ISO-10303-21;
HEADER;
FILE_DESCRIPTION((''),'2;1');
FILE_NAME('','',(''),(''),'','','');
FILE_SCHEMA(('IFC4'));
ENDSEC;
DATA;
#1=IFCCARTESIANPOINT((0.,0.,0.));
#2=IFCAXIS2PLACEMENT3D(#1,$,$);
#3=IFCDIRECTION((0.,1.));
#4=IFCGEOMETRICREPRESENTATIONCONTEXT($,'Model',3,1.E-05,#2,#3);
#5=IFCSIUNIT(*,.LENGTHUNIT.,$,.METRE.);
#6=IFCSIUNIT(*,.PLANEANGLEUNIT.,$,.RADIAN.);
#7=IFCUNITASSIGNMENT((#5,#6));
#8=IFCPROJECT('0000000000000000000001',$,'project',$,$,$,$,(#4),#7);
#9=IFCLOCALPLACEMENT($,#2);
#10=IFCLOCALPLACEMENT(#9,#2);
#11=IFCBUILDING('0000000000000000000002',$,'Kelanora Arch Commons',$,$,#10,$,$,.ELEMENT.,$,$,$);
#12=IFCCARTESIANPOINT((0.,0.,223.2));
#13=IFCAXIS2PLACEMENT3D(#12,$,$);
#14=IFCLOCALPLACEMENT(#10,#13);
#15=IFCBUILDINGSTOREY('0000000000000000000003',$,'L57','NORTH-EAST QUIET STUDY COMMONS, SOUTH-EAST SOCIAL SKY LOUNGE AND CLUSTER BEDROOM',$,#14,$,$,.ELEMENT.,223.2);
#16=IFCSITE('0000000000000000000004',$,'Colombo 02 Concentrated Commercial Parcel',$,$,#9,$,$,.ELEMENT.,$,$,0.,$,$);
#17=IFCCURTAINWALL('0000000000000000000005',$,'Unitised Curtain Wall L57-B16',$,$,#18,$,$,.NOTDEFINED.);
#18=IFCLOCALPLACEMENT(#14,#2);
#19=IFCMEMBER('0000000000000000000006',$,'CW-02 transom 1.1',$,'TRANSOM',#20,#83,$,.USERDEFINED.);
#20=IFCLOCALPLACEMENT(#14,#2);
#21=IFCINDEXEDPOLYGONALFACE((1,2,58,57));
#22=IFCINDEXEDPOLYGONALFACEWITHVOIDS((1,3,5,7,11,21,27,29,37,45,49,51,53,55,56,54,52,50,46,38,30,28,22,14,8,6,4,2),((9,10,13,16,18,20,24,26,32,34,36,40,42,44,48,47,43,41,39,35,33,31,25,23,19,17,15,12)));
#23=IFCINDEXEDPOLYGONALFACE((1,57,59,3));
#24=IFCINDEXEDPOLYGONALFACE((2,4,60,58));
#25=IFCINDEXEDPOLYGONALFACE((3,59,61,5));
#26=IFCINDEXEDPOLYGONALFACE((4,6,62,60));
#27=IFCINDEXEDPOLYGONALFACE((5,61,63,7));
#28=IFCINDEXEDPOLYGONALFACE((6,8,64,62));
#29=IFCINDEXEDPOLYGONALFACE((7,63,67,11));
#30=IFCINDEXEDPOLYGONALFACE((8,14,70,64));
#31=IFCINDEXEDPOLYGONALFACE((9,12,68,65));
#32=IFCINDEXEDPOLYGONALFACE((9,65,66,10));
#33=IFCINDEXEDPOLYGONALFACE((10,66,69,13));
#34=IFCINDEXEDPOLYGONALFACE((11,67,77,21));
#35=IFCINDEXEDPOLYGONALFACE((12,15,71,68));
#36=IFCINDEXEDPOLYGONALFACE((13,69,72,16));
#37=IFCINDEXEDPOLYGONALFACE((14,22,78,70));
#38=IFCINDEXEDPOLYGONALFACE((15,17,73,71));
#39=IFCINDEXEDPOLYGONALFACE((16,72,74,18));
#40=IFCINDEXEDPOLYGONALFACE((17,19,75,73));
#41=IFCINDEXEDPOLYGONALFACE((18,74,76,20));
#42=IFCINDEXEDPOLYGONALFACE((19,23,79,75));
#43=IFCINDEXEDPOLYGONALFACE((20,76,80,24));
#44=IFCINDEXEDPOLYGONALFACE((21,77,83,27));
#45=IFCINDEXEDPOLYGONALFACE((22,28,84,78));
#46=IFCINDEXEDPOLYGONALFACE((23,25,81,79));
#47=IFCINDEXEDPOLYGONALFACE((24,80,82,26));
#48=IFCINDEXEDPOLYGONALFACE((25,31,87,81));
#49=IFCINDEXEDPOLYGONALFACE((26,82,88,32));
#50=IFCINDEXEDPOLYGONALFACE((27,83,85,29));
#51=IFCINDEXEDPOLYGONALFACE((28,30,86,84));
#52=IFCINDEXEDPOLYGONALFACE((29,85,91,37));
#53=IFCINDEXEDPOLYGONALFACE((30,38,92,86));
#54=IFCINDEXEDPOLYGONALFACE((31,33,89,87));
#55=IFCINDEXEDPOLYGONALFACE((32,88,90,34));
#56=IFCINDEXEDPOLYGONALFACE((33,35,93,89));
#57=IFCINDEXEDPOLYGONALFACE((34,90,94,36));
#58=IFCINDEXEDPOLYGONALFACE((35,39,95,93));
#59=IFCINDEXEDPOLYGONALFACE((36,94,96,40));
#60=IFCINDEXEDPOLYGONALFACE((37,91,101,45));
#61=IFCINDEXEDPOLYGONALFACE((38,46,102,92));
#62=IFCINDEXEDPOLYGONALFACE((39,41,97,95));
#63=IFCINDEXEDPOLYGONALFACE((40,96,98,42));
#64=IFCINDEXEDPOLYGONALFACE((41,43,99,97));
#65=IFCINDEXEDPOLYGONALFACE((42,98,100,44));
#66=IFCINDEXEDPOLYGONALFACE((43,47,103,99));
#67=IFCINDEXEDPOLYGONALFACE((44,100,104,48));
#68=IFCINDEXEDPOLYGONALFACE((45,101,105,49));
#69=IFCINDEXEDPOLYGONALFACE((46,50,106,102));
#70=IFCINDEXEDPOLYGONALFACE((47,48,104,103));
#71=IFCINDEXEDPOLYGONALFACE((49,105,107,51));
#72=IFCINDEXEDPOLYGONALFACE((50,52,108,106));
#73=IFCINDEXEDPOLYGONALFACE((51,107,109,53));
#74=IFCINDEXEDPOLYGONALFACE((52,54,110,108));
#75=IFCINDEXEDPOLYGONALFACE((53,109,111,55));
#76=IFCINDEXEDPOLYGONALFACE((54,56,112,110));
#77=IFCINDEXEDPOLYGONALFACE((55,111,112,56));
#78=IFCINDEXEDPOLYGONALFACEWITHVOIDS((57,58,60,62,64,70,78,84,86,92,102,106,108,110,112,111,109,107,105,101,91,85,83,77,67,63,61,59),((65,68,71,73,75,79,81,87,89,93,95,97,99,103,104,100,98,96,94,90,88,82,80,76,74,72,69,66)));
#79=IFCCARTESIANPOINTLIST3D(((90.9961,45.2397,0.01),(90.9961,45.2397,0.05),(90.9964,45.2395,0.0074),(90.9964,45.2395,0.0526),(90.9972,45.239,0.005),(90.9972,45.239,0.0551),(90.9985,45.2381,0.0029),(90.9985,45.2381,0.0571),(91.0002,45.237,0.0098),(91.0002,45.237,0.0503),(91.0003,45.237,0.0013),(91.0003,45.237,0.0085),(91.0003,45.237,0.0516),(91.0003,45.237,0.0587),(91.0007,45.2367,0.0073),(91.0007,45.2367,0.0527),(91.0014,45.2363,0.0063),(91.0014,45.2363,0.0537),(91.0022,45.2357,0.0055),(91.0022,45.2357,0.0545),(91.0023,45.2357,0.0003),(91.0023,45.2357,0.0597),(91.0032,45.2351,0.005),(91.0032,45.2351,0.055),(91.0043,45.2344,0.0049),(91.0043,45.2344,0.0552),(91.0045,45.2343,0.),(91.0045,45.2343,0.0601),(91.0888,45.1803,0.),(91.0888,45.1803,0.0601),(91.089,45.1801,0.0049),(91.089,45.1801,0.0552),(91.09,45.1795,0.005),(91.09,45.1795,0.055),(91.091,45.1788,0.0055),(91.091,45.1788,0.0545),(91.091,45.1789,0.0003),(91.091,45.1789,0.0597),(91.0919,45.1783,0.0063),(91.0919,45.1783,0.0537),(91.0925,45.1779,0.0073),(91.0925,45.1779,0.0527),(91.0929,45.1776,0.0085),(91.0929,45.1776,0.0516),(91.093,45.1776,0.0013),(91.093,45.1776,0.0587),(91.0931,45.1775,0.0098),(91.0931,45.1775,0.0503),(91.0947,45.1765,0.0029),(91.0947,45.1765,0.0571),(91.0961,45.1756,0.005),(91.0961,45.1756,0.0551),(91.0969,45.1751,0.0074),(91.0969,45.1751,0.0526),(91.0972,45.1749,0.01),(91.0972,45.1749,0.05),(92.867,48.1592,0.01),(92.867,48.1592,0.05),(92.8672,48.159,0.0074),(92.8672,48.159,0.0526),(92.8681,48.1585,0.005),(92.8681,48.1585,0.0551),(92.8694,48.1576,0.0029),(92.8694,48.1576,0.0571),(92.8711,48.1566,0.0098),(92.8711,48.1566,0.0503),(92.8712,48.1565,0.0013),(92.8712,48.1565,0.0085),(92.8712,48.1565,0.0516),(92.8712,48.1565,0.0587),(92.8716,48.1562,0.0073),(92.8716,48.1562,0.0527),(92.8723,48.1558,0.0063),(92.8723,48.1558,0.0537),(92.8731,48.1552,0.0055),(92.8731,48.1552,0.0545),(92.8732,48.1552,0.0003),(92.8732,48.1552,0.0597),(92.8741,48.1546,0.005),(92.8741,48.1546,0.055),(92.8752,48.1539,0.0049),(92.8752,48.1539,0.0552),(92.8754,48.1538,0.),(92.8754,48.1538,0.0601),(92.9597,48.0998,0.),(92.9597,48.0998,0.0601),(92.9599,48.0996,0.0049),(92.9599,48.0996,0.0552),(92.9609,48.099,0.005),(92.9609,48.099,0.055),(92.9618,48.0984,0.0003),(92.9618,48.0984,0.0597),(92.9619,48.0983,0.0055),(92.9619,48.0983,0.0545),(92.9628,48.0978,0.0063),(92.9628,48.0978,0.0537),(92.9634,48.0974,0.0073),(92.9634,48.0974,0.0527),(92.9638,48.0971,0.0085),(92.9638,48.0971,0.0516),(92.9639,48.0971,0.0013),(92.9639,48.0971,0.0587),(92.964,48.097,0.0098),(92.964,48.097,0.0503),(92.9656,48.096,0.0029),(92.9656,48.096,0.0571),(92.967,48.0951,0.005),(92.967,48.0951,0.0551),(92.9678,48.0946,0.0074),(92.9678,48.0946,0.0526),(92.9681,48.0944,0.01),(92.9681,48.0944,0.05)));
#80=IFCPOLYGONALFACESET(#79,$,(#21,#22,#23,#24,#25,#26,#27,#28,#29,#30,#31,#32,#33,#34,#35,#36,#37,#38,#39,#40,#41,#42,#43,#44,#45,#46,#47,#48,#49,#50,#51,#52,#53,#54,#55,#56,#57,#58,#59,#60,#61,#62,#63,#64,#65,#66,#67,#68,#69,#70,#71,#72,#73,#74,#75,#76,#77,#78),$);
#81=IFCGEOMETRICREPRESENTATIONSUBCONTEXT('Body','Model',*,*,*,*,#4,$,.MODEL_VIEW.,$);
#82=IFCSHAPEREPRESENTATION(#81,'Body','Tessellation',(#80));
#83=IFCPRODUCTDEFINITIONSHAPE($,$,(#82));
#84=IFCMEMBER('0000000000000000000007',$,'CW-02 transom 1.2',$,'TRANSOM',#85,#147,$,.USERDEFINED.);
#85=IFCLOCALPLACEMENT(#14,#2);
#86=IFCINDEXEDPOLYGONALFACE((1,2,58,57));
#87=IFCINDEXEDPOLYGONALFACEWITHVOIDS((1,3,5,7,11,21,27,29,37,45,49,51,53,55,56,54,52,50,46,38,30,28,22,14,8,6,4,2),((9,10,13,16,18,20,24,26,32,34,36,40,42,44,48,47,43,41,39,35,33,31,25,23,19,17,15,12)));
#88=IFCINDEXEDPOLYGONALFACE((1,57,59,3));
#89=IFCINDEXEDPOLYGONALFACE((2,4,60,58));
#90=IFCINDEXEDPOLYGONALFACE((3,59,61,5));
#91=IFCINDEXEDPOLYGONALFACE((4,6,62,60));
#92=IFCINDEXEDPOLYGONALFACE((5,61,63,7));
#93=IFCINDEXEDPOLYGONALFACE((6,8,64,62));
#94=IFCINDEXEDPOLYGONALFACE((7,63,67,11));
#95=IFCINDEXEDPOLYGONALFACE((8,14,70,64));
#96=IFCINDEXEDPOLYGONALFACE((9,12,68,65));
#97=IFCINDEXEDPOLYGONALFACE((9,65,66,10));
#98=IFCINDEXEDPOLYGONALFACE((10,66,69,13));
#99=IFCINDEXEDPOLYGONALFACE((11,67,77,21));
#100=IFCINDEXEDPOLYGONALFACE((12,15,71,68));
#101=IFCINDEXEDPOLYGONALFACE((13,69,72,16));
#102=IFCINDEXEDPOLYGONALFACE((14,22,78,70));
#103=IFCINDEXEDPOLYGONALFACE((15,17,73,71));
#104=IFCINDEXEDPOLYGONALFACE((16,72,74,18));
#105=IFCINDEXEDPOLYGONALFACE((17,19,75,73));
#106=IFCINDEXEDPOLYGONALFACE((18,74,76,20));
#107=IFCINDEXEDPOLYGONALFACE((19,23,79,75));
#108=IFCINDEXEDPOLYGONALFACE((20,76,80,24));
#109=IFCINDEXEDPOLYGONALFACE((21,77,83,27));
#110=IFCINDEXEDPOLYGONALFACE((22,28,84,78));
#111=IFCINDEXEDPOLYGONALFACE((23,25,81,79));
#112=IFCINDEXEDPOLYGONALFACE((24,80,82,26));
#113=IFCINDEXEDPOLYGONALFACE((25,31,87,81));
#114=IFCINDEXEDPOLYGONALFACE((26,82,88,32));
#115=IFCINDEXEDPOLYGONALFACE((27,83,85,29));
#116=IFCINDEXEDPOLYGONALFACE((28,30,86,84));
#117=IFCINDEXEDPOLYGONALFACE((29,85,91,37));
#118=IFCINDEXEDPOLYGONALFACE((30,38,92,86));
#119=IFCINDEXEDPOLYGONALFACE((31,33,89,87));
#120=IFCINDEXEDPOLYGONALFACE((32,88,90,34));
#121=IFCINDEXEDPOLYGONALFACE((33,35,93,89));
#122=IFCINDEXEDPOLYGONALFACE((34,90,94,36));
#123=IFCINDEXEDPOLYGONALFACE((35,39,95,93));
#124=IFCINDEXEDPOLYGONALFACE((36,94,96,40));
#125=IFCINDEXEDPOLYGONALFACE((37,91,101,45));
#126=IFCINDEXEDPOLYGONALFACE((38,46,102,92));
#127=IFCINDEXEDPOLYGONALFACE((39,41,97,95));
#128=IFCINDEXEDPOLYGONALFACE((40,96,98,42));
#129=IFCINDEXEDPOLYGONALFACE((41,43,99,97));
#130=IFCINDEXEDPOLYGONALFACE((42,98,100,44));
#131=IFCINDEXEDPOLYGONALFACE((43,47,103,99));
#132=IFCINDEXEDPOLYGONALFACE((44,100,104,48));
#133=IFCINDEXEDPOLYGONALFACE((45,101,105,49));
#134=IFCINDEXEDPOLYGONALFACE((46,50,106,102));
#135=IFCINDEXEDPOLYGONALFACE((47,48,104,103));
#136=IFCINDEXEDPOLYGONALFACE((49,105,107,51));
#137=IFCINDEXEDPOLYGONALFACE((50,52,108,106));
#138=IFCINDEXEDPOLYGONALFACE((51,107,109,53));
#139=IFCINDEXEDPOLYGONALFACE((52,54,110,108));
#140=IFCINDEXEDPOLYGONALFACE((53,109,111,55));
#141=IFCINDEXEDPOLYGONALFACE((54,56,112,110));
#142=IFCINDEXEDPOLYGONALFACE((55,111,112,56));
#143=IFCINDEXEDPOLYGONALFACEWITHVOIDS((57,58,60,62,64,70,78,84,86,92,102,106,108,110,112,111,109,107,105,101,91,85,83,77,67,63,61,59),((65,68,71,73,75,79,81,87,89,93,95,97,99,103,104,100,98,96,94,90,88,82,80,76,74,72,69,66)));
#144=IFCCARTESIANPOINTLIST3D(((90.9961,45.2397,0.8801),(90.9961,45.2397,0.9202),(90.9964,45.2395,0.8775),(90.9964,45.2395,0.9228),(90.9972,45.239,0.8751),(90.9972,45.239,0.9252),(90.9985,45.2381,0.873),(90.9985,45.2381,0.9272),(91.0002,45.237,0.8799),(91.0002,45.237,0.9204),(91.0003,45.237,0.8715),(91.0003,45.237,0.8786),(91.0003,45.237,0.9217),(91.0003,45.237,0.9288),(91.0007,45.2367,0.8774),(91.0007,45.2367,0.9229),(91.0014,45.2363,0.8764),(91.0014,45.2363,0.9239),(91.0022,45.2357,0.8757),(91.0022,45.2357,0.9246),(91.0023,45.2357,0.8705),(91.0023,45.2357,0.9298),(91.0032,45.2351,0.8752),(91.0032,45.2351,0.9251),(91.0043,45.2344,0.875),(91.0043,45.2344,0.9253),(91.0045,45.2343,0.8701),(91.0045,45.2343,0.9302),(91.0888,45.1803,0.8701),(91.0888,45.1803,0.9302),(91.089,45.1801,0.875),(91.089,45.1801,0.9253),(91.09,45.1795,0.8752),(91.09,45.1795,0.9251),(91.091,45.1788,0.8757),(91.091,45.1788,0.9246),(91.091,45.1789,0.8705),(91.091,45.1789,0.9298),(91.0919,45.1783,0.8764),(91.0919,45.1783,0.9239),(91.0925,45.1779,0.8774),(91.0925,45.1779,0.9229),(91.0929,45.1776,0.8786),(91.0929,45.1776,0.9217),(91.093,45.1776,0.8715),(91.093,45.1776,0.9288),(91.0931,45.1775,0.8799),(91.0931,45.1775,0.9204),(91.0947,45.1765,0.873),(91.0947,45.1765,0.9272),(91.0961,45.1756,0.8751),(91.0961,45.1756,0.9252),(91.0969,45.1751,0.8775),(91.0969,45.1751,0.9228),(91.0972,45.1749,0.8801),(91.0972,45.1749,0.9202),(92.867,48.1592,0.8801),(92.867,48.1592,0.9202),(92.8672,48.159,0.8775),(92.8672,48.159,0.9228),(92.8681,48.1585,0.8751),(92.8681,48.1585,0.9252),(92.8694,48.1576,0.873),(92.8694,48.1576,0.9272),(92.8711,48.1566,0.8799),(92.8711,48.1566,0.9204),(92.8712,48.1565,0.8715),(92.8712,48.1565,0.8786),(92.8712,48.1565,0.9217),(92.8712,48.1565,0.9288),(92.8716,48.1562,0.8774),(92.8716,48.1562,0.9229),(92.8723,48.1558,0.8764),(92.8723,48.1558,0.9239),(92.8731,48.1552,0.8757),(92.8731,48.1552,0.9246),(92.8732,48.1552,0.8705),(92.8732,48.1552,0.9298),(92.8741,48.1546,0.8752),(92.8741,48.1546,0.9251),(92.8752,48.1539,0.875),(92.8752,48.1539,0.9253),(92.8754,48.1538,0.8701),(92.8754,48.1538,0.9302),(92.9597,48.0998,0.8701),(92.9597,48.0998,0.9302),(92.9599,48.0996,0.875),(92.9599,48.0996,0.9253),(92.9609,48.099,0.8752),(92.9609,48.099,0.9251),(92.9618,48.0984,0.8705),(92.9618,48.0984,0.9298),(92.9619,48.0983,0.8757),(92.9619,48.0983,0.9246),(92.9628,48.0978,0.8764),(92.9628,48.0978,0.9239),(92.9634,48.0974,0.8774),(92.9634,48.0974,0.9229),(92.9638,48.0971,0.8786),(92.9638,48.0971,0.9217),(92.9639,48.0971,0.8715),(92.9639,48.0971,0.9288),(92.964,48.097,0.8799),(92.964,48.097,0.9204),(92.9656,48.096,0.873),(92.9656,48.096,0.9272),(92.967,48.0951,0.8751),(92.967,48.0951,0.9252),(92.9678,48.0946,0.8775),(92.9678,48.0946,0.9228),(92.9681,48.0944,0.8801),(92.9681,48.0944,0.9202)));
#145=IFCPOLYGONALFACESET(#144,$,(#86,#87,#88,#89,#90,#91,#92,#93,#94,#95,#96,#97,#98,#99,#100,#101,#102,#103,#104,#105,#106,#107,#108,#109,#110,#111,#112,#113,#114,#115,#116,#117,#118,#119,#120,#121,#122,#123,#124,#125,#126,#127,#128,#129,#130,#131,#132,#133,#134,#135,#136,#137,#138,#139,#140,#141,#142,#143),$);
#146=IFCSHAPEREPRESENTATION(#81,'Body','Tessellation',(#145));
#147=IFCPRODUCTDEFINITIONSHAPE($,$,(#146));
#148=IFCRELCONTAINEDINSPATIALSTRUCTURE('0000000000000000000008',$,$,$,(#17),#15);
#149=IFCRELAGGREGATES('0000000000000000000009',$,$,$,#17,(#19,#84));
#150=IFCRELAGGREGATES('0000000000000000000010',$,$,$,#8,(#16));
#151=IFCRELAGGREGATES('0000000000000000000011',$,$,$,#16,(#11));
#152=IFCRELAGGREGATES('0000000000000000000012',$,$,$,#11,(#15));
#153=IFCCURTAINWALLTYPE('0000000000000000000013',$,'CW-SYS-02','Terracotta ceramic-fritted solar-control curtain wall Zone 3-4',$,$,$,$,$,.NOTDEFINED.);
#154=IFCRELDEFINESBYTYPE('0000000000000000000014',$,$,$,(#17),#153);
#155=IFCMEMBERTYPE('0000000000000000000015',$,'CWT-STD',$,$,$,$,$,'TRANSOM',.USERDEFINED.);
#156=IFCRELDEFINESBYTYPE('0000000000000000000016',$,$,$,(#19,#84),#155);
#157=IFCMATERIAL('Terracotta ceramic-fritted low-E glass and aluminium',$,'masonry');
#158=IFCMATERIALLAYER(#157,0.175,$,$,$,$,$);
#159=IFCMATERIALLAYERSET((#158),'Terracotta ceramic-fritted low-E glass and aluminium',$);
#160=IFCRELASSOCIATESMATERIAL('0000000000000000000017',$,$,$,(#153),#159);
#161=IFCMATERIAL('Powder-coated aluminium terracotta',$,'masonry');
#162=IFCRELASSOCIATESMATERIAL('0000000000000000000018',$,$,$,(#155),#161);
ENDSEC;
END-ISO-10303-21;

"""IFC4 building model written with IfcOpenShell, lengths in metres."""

from ifc_helpers import new_model, si_unit, direction, frame, origin, origin_2d, place, context, subcontext, project, spatial, hollow_rectangle, extrude, material, layer, layer_set, material_profile, profile_set, type_object, element, aggregate, save


model = new_model("IFC4")

# Units and contexts
model_context = context("Model", 3, precision=1e-05, world=origin(), true_north=direction((0.0, 1.0)))
body_context = subcontext(model_context, "Body", "Model", "MODEL_VIEW")
ifc_project = project(units=[si_unit("LENGTHUNIT", "METRE"), si_unit("PLANEANGLEUNIT", "RADIAN")], contexts=[model_context])

# Site, building, storey
site_placement = place(None, origin())
site = spatial("IfcSite", under=ifc_project, at=site_placement, Name="Colombo 02 Concentrated Commercial Parcel", CompositionType="ELEMENT", RefElevation=0.0)
building_placement = place(site_placement, origin())
building = spatial("IfcBuilding", under=site, at=building_placement, Name="Kelanora Arch Commons", CompositionType="ELEMENT")
storey_placement = place(building_placement, frame((0.0, 0.0, 223.2)))
storey = spatial("IfcBuildingStorey", under=building, at=storey_placement, Name="L57", Description="NORTH-EAST QUIET STUDY COMMONS, SOUTH-EAST SOCIAL SKY LOUNGE AND CLUSTER BEDROOM", CompositionType="ELEMENT", Elevation=223.2)

# Shared definitions
ifc_material_1 = material(Name="Terracotta ceramic-fritted low-E glass and aluminium", Category="masonry")
ifc_layer_1 = layer(ifc_material_1, 0.175)
ifc_layer_set_1 = layer_set([ifc_layer_1], Name="Terracotta ceramic-fritted low-E glass and aluminium")
curtain_wall_type = type_object("IfcCurtainWallType", Name="CW-SYS-02", Description="Terracotta ceramic-fritted solar-control curtain wall Zone 3-4", PredefinedType="NOTDEFINED", material=ifc_layer_set_1)
ifc_material_2 = material(Name="Powder-coated aluminium terracotta", Category="masonry")

# Curtain wall, members
curtain_wall_1_placement = place(storey_placement, origin())
curtain_wall_1 = element("IfcCurtainWall", 1, at=curtain_wall_1_placement, inside=storey, type_object=curtain_wall_type, Name="Unitised Curtain Wall L57-B16", PredefinedType="NOTDEFINED")
ifc_material_profile_1 = material_profile(ifc_material_2, hollow_rectangle(XDim=0.1201, YDim=0.0601, WallThickness=0.0049, InnerFilletRadius=0.0049, OuterFilletRadius=0.01, at=origin_2d()), Name="CWT120x60")
ifc_profile_set_1 = profile_set([ifc_material_profile_1], Name="Powder-coated aluminium terracotta")
member_type_1 = type_object("IfcMemberType", Name="CWT-STD", ElementType="TRANSOM", PredefinedType="USERDEFINED", material=ifc_profile_set_1)
member_1_placement = place(storey_placement, frame((91.0466, 45.2073, 0.03), z_axis=(0.539547, 0.841955, 0.0), x_axis=(-0.841955, 0.539547, 0.0)))
member_1 = element("IfcMember", 2, at=member_1_placement, type_object=member_type_1, Name="CW-02 transom 1.1", ObjectType="TRANSOM", PredefinedType="USERDEFINED", context=body_context, shape_type="SweptSolid", body=[
    extrude(hollow_rectangle(XDim=0.1201, YDim=0.0601, WallThickness=0.0049, InnerFilletRadius=0.0049, OuterFilletRadius=0.01, at=origin_2d()), origin(), (0.0, 0.0, 1.0), 3.4675),
])
member_2_placement = place(storey_placement, frame((91.0466, 45.2073, 0.9001), z_axis=(0.539547, 0.841955, 0.0), x_axis=(-0.841955, 0.539547, 0.0)))
member_2 = element("IfcMember", 3, at=member_2_placement, type_object=member_type_1, Name="CW-02 transom 1.2", ObjectType="TRANSOM", PredefinedType="USERDEFINED", context=body_context, shape_type="SweptSolid", body=[
    extrude(hollow_rectangle(XDim=0.1201, YDim=0.0601, WallThickness=0.0049, InnerFilletRadius=0.0049, OuterFilletRadius=0.01, at=origin_2d()), origin(), (0.0, 0.0, 1.0), 3.4675),
])

aggregate(curtain_wall_1, [member_1, member_2])

save(model, "model.ifc")
